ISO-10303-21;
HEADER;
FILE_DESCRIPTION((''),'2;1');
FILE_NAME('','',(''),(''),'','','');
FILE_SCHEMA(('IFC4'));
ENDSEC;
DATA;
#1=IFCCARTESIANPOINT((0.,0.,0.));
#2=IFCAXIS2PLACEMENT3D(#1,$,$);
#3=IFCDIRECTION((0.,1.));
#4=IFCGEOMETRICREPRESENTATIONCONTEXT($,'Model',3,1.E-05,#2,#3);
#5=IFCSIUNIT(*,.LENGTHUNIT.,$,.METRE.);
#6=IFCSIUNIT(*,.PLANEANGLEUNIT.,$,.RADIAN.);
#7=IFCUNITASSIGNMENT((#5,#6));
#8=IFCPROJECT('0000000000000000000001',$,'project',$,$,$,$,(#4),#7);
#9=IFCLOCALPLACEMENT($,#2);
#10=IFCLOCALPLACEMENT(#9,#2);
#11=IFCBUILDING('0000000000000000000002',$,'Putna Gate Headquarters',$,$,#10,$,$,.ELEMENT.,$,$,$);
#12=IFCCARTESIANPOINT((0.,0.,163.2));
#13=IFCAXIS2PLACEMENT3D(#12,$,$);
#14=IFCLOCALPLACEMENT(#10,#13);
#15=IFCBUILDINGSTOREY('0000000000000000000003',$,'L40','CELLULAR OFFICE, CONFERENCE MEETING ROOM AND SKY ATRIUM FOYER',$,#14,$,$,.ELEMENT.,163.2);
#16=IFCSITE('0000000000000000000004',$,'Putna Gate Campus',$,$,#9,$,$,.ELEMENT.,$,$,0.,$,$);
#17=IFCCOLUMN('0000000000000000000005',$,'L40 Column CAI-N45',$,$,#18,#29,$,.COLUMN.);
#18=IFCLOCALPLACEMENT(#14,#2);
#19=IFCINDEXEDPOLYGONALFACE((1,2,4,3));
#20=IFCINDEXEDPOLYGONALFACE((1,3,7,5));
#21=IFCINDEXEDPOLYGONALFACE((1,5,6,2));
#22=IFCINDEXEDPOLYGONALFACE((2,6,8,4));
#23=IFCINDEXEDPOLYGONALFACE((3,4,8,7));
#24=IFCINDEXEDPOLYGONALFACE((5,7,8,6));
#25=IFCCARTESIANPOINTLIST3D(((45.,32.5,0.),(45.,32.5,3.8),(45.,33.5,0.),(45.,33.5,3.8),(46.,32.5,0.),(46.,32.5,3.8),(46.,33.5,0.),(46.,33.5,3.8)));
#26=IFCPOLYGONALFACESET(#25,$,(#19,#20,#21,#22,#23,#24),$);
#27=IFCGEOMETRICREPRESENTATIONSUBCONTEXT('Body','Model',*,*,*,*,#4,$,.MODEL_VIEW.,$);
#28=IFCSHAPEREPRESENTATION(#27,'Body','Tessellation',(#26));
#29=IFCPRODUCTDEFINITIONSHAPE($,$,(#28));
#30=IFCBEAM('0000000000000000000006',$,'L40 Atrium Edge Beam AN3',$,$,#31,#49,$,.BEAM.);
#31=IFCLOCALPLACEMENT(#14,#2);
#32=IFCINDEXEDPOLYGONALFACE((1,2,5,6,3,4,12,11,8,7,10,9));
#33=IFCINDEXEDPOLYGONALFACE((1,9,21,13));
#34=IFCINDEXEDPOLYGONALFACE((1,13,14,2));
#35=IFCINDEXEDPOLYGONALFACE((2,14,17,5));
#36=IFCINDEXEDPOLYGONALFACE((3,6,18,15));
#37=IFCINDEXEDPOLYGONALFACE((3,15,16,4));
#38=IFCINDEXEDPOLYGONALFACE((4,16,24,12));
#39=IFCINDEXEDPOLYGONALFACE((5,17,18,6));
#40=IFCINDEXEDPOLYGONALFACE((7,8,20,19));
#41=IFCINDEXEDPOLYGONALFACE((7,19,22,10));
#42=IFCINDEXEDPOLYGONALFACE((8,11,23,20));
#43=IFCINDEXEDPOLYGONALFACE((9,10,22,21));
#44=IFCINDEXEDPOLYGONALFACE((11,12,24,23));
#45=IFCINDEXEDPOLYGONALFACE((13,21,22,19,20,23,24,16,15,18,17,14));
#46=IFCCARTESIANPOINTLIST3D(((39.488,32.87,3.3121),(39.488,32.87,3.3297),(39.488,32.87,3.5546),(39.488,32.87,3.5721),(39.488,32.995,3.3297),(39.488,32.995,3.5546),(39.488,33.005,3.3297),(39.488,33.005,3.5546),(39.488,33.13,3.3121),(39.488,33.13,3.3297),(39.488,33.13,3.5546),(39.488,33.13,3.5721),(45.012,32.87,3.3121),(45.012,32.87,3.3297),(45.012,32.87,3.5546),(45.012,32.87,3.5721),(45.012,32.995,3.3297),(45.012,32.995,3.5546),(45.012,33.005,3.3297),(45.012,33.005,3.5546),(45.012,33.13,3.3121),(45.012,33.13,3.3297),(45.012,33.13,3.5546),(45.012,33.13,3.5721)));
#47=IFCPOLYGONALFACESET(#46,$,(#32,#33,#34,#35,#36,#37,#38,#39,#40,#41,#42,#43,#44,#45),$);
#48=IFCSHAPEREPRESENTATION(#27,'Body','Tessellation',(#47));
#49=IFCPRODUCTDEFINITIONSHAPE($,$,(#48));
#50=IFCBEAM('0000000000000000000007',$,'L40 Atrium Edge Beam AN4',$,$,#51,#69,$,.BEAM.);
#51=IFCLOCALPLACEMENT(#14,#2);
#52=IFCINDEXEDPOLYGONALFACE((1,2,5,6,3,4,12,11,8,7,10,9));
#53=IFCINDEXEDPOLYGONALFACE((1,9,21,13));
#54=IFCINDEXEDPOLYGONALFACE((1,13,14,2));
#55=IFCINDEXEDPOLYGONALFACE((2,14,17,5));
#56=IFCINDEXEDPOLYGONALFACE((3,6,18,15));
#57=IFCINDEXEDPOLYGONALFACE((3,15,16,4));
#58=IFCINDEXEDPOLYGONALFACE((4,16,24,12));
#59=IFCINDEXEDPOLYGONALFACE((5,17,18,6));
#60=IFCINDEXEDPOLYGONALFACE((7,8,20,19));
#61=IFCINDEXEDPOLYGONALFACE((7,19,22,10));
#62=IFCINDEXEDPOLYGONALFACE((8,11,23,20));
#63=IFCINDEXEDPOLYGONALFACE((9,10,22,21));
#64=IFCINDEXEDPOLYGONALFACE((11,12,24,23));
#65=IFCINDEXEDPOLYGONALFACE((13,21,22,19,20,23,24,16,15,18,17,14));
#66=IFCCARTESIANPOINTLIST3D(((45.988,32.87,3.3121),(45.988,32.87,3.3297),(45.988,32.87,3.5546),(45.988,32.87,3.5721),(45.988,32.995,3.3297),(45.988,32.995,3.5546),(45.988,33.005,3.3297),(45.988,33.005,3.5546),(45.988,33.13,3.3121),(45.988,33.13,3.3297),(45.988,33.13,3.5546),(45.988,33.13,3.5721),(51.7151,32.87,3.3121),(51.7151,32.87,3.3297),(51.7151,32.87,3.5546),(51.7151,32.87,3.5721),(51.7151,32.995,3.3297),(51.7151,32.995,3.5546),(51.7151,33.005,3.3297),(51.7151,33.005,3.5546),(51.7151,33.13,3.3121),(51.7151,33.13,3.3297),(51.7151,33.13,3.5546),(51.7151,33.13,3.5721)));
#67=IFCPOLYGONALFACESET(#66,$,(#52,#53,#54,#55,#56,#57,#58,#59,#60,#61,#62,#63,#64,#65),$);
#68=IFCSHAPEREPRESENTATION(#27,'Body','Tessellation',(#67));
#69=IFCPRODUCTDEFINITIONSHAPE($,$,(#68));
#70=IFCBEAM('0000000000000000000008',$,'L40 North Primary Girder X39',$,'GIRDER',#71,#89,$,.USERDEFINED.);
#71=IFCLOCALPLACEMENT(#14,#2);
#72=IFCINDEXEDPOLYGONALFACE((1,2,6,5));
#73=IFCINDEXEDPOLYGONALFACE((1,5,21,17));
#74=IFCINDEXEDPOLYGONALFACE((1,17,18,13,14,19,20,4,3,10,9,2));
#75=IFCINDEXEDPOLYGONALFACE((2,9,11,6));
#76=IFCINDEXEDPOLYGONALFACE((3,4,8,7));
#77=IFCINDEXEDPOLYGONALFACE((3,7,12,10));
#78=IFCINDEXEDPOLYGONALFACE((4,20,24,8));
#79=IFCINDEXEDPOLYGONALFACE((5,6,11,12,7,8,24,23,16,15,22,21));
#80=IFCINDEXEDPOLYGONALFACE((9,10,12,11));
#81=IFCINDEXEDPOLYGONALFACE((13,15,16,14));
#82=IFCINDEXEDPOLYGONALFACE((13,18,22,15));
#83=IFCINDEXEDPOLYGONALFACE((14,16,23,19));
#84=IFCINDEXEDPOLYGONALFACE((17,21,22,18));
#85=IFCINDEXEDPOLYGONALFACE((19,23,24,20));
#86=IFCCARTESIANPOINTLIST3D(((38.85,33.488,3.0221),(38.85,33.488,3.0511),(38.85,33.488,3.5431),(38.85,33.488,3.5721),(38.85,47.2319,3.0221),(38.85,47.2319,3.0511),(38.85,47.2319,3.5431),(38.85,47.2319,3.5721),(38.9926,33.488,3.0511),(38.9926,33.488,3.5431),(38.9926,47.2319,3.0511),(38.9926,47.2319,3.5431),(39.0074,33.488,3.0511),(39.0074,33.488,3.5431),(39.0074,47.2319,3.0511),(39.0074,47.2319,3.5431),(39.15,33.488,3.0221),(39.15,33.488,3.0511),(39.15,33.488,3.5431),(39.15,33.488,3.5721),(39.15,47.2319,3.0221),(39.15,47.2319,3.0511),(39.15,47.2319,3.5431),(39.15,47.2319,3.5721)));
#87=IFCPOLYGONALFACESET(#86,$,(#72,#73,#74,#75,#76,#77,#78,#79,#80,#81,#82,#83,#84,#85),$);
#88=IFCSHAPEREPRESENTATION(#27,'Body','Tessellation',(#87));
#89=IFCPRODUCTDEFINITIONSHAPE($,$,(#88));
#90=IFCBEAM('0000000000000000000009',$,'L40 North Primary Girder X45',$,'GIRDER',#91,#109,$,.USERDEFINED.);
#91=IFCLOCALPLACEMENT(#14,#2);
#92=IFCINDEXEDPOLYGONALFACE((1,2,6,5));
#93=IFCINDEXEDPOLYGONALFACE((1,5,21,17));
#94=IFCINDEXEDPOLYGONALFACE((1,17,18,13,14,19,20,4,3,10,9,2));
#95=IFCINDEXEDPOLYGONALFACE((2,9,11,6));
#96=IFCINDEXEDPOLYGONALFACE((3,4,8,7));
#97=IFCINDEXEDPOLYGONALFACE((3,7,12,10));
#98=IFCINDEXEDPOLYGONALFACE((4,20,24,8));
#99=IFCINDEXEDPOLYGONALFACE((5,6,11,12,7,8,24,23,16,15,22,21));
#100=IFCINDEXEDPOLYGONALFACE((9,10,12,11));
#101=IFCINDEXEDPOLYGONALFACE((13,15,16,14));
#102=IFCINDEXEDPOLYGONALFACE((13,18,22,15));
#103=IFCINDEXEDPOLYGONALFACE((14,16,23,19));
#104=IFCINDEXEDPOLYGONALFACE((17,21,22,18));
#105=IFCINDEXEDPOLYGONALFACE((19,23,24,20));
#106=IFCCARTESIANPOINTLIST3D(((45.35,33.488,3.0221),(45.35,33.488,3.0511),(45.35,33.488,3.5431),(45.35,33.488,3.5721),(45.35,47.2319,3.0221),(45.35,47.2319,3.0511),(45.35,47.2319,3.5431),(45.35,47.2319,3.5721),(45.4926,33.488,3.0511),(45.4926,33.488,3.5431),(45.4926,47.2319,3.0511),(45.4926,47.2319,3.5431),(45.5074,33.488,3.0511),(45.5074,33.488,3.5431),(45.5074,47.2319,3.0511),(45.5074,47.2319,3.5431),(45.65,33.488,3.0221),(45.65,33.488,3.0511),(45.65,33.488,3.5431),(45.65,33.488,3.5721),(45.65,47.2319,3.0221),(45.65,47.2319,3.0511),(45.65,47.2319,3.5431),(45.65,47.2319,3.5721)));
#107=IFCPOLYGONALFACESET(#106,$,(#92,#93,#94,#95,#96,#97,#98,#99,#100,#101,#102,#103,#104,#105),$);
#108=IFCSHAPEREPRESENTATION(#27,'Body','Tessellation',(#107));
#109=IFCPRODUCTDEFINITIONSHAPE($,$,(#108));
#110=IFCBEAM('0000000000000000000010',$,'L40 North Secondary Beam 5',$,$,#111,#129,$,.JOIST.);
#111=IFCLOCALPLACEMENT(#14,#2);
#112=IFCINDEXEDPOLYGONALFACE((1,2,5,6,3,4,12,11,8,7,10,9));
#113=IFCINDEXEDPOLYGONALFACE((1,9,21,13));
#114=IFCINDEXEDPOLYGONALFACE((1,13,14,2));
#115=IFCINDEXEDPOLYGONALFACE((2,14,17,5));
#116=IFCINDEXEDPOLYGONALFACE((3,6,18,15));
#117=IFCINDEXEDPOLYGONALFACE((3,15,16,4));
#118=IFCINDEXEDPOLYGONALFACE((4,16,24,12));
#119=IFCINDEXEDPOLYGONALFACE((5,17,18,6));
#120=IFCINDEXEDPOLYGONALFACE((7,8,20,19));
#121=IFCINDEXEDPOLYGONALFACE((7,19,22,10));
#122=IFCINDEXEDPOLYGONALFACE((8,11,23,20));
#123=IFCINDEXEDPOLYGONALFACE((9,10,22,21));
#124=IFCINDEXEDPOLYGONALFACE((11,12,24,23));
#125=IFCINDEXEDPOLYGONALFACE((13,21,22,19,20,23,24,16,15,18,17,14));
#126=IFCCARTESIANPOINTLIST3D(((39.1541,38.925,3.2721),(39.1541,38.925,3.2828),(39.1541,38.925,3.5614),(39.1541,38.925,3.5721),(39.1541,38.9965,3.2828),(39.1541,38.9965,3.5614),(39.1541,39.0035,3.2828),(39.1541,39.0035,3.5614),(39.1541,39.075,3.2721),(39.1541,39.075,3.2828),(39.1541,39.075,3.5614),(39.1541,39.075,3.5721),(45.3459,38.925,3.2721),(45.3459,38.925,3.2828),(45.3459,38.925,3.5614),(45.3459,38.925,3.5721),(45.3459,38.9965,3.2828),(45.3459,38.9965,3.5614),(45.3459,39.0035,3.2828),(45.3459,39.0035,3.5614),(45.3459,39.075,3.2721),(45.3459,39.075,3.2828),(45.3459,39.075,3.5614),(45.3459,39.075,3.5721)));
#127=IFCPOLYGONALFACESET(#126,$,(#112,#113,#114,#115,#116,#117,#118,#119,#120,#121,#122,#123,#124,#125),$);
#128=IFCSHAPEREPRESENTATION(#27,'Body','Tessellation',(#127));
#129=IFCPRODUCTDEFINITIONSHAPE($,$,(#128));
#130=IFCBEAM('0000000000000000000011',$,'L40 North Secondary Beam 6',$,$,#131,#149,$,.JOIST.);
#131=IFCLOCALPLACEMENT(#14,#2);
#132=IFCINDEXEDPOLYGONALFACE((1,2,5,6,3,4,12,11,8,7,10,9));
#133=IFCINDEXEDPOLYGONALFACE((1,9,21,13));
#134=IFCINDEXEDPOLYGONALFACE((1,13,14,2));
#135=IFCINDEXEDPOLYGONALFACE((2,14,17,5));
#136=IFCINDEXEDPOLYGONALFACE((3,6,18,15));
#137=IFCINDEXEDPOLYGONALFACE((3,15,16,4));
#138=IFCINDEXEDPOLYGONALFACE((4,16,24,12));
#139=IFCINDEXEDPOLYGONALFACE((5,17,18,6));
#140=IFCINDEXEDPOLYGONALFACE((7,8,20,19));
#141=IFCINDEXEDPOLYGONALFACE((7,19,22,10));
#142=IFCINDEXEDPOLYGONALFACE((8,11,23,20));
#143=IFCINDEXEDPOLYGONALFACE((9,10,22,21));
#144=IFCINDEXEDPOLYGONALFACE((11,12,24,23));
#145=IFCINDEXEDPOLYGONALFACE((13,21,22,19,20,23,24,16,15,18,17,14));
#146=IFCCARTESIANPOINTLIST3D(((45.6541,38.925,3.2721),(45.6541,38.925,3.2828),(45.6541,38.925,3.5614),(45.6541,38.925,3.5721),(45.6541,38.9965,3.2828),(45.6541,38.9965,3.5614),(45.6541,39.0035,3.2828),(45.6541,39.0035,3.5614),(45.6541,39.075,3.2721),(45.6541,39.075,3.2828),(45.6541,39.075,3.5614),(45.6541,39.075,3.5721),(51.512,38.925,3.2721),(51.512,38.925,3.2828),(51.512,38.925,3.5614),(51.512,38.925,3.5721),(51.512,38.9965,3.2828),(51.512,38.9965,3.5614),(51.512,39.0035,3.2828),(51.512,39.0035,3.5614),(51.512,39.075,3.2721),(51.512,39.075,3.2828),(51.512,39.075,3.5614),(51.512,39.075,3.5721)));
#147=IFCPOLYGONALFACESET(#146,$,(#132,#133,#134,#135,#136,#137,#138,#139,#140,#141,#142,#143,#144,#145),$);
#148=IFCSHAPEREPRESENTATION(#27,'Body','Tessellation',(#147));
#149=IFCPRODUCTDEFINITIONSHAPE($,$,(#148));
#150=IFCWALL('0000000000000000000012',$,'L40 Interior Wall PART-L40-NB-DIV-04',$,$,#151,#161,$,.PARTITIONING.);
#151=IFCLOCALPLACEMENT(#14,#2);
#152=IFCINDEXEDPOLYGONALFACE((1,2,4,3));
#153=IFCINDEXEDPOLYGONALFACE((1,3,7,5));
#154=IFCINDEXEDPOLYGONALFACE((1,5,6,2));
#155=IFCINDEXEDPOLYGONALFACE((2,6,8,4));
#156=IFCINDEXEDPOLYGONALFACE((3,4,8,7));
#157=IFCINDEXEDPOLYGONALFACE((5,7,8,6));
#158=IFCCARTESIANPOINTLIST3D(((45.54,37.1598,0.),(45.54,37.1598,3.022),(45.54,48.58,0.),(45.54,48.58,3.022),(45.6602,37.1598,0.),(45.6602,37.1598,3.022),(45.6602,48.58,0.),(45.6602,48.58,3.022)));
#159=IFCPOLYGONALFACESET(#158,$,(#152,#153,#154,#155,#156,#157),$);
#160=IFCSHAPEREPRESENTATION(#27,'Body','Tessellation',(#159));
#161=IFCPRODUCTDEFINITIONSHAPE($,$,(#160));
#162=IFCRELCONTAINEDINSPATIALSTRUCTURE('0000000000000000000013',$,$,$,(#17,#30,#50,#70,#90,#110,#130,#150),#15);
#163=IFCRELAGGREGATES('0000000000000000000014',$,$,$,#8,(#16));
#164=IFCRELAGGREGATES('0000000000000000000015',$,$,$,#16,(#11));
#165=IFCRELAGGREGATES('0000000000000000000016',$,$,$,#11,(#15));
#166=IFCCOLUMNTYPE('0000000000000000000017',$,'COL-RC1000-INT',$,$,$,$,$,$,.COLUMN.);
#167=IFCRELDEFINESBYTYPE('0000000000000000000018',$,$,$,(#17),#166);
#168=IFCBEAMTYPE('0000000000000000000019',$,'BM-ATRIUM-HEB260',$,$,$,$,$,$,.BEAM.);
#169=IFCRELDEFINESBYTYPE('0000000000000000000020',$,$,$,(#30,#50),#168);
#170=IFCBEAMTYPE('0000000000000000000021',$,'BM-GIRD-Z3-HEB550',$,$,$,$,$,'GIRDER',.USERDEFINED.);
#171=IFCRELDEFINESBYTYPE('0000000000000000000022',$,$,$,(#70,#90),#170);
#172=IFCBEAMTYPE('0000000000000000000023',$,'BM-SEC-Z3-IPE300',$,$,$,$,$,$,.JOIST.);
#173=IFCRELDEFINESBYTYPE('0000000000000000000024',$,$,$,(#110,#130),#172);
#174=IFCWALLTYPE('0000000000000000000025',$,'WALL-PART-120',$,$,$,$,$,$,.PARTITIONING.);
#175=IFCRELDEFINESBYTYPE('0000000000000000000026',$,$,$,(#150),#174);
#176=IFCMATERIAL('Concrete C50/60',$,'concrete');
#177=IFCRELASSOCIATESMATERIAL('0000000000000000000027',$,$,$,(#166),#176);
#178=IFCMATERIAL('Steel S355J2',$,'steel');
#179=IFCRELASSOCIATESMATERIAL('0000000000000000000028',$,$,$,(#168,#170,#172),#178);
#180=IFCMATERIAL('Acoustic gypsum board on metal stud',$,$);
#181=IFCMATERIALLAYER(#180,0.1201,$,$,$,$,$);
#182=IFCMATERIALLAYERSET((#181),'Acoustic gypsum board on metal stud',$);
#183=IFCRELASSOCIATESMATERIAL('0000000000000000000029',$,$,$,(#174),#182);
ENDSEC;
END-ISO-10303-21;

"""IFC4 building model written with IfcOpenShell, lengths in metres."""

from ifc_helpers import new_model, si_unit, direction, frame, frame_2d, origin, origin_2d, place, context, subcontext, project, spatial, rectangle, i_section, extrude, material, layer, layer_set, material_profile, profile_set, type_object, element, save


model = new_model("IFC4")

# Units and contexts
model_context = context("Model", 3, precision=1e-05, world=origin(), true_north=direction((0.0, 1.0)))
body_context = subcontext(model_context, "Body", "Model", "MODEL_VIEW")
ifc_project = project(units=[si_unit("LENGTHUNIT", "METRE"), si_unit("PLANEANGLEUNIT", "RADIAN")], contexts=[model_context])

# Site, building, storey
site_placement = place(None, origin())
site = spatial("IfcSite", under=ifc_project, at=site_placement, Name="Putna Gate Campus", CompositionType="ELEMENT", RefElevation=0.0)
building_placement = place(site_placement, origin())
building = spatial("IfcBuilding", under=site, at=building_placement, Name="Putna Gate Headquarters", CompositionType="ELEMENT")
storey_placement = place(building_placement, frame((0.0, 0.0, 163.2)))
storey = spatial("IfcBuildingStorey", under=building, at=storey_placement, Name="L40", Description="CELLULAR OFFICE, CONFERENCE MEETING ROOM AND SKY ATRIUM FOYER", CompositionType="ELEMENT", Elevation=163.2)

# Column
ifc_material_1 = material(Name="Concrete C50/60", Category="concrete")
ifc_material_profile_1 = material_profile(ifc_material_1, rectangle(XDim=1.0, YDim=1.0, at=origin_2d()), Name="Concrete C50/60")
ifc_profile_set_1 = profile_set([ifc_material_profile_1], Name="Concrete C50/60")
column_type = type_object("IfcColumnType", Name="COL-RC1000-INT", PredefinedType="COLUMN", material=ifc_profile_set_1)
column_placement = place(storey_placement, frame((45.5, 33.0, 0.0), z_axis=(0.0, 0.0, 1.0), x_axis=(1.0, 0.0, 0.0)))
element("IfcColumn", 1, at=column_placement, inside=storey, type_object=column_type, Name="L40 Column CAI-N45", PredefinedType="COLUMN", context=body_context, shape_type="SweptSolid", body=[
    extrude(rectangle(XDim=1.0, YDim=1.0, at=origin_2d()), origin(), (0.0, 0.0, 1.0), 3.8),
])

# Beams
ifc_material_2 = material(Name="Steel S355J2", Category="steel")
ifc_material_profile_2 = material_profile(ifc_material_2, i_section(OverallWidth=0.26, OverallDepth=0.26, WebThickness=0.01, FlangeThickness=0.0176, at=origin_2d()), Name="Steel S355J2")
ifc_profile_set_2 = profile_set([ifc_material_profile_2], Name="Steel S355J2")
beam_type_1 = type_object("IfcBeamType", Name="BM-ATRIUM-HEB260", PredefinedType="BEAM", material=ifc_profile_set_2)
beam_1_placement = place(storey_placement, frame((39.488, 33.0, 3.4421), z_axis=(1.0, 0.0, 0.0), x_axis=(0.0, 1.0, 0.0)))
element("IfcBeam", 2, at=beam_1_placement, inside=storey, type_object=beam_type_1, Name="L40 Atrium Edge Beam AN3", PredefinedType="BEAM", context=body_context, shape_type="SweptSolid", body=[
    extrude(i_section(OverallWidth=0.26, OverallDepth=0.26, WebThickness=0.01, FlangeThickness=0.0176, at=origin_2d()), origin(), (0.0, 0.0, 1.0), 5.5239),
])
beam_2_placement = place(storey_placement, frame((45.988, 33.0, 3.4421), z_axis=(1.0, 0.0, 0.0), x_axis=(0.0, 1.0, 0.0)))
element("IfcBeam", 3, at=beam_2_placement, inside=storey, type_object=beam_type_1, Name="L40 Atrium Edge Beam AN4", PredefinedType="BEAM", context=body_context, shape_type="SweptSolid", body=[
    extrude(i_section(OverallWidth=0.26, OverallDepth=0.26, WebThickness=0.01, FlangeThickness=0.0176, at=origin_2d()), origin(), (0.0, 0.0, 1.0), 5.7271),
])
ifc_material_profile_3 = material_profile(ifc_material_2, i_section(OverallWidth=0.3, OverallDepth=0.55, WebThickness=0.0149, FlangeThickness=0.0291, at=origin_2d()), Name="Steel S355J2")
ifc_profile_set_3 = profile_set([ifc_material_profile_3], Name="Steel S355J2")
beam_type_2 = type_object("IfcBeamType", Name="BM-GIRD-Z3-HEB550", ElementType="GIRDER", PredefinedType="USERDEFINED", material=ifc_profile_set_3)
for number, where, z_axis, x_axis, name in (
    (4, (39.0, 33.488, 3.2971), (0.0, 1.0, 0.0), (-1.0, 0.0, 0.0), "L40 North Primary Girder X39"),
    (5, (45.5, 33.488, 3.2971), (0.0, 1.0, 0.0), (-1.0, 0.0, 0.0), "L40 North Primary Girder X45"),
):
    element("IfcBeam", number, at=place(storey_placement, frame(where, z_axis=z_axis, x_axis=x_axis)), inside=storey, type_object=beam_type_2, Name=name, ObjectType="GIRDER", PredefinedType="USERDEFINED", context=body_context, shape_type="SweptSolid", body=[
        extrude(i_section(OverallWidth=0.3, OverallDepth=0.55, WebThickness=0.0149, FlangeThickness=0.0291, at=origin_2d()), origin(), (0.0, 0.0, 1.0), 13.7439),
    ])
ifc_material_profile_4 = material_profile(ifc_material_2, i_section(OverallWidth=0.1499, OverallDepth=0.3, WebThickness=0.0071, FlangeThickness=0.0107, at=origin_2d()), Name="Steel S355J2")
ifc_profile_set_4 = profile_set([ifc_material_profile_4], Name="Steel S355J2")
beam_type_3 = type_object("IfcBeamType", Name="BM-SEC-Z3-IPE300", PredefinedType="JOIST", material=ifc_profile_set_4)
beam_3_placement = place(storey_placement, frame((39.1541, 39.0, 3.4221), z_axis=(1.0, 0.0, 0.0), x_axis=(0.0, 1.0, 0.0)))
element("IfcBeam", 6, at=beam_3_placement, inside=storey, type_object=beam_type_3, Name="L40 North Secondary Beam 5", PredefinedType="JOIST", context=body_context, shape_type="SweptSolid", body=[
    extrude(i_section(OverallWidth=0.1499, OverallDepth=0.3, WebThickness=0.0071, FlangeThickness=0.0107, at=origin_2d()), origin(), (0.0, 0.0, 1.0), 6.1919),
])
beam_4_placement = place(storey_placement, frame((45.6541, 39.0, 3.4221), z_axis=(1.0, 0.0, 0.0), x_axis=(0.0, 1.0, 0.0)))
element("IfcBeam", 7, at=beam_4_placement, inside=storey, type_object=beam_type_3, Name="L40 North Secondary Beam 6", PredefinedType="JOIST", context=body_context, shape_type="SweptSolid", body=[
    extrude(i_section(OverallWidth=0.1499, OverallDepth=0.3, WebThickness=0.0071, FlangeThickness=0.0107, at=origin_2d()), origin(), (0.0, 0.0, 1.0), 5.8579),
])

# Shared definitions
ifc_material_3 = material(Name="Acoustic gypsum board on metal stud")
ifc_layer_1 = layer(ifc_material_3, 0.1201)
ifc_layer_set_1 = layer_set([ifc_layer_1], Name="Acoustic gypsum board on metal stud")
wall_type_1 = type_object("IfcWallType", Name="WALL-PART-120", PredefinedType="PARTITIONING", material=ifc_layer_set_1)

# Wall
wall_1_placement = place(storey_placement, frame((45.6001, 37.1599, 0.0), z_axis=(0.0, 0.0, 1.0), x_axis=(0.0, 1.0, 0.0)))
element("IfcWall", 8, at=wall_1_placement, inside=storey, type_object=wall_type_1, Name="L40 Interior Wall PART-L40-NB-DIV-04", PredefinedType="PARTITIONING", context=body_context, shape_type="SweptSolid", body=[
    extrude(rectangle(XDim=11.4202, YDim=0.1201, at=frame_2d((5.71, 0.0))), origin(), (0.0, 0.0, 1.0), 3.022),
])

save(model, "model.ifc")
